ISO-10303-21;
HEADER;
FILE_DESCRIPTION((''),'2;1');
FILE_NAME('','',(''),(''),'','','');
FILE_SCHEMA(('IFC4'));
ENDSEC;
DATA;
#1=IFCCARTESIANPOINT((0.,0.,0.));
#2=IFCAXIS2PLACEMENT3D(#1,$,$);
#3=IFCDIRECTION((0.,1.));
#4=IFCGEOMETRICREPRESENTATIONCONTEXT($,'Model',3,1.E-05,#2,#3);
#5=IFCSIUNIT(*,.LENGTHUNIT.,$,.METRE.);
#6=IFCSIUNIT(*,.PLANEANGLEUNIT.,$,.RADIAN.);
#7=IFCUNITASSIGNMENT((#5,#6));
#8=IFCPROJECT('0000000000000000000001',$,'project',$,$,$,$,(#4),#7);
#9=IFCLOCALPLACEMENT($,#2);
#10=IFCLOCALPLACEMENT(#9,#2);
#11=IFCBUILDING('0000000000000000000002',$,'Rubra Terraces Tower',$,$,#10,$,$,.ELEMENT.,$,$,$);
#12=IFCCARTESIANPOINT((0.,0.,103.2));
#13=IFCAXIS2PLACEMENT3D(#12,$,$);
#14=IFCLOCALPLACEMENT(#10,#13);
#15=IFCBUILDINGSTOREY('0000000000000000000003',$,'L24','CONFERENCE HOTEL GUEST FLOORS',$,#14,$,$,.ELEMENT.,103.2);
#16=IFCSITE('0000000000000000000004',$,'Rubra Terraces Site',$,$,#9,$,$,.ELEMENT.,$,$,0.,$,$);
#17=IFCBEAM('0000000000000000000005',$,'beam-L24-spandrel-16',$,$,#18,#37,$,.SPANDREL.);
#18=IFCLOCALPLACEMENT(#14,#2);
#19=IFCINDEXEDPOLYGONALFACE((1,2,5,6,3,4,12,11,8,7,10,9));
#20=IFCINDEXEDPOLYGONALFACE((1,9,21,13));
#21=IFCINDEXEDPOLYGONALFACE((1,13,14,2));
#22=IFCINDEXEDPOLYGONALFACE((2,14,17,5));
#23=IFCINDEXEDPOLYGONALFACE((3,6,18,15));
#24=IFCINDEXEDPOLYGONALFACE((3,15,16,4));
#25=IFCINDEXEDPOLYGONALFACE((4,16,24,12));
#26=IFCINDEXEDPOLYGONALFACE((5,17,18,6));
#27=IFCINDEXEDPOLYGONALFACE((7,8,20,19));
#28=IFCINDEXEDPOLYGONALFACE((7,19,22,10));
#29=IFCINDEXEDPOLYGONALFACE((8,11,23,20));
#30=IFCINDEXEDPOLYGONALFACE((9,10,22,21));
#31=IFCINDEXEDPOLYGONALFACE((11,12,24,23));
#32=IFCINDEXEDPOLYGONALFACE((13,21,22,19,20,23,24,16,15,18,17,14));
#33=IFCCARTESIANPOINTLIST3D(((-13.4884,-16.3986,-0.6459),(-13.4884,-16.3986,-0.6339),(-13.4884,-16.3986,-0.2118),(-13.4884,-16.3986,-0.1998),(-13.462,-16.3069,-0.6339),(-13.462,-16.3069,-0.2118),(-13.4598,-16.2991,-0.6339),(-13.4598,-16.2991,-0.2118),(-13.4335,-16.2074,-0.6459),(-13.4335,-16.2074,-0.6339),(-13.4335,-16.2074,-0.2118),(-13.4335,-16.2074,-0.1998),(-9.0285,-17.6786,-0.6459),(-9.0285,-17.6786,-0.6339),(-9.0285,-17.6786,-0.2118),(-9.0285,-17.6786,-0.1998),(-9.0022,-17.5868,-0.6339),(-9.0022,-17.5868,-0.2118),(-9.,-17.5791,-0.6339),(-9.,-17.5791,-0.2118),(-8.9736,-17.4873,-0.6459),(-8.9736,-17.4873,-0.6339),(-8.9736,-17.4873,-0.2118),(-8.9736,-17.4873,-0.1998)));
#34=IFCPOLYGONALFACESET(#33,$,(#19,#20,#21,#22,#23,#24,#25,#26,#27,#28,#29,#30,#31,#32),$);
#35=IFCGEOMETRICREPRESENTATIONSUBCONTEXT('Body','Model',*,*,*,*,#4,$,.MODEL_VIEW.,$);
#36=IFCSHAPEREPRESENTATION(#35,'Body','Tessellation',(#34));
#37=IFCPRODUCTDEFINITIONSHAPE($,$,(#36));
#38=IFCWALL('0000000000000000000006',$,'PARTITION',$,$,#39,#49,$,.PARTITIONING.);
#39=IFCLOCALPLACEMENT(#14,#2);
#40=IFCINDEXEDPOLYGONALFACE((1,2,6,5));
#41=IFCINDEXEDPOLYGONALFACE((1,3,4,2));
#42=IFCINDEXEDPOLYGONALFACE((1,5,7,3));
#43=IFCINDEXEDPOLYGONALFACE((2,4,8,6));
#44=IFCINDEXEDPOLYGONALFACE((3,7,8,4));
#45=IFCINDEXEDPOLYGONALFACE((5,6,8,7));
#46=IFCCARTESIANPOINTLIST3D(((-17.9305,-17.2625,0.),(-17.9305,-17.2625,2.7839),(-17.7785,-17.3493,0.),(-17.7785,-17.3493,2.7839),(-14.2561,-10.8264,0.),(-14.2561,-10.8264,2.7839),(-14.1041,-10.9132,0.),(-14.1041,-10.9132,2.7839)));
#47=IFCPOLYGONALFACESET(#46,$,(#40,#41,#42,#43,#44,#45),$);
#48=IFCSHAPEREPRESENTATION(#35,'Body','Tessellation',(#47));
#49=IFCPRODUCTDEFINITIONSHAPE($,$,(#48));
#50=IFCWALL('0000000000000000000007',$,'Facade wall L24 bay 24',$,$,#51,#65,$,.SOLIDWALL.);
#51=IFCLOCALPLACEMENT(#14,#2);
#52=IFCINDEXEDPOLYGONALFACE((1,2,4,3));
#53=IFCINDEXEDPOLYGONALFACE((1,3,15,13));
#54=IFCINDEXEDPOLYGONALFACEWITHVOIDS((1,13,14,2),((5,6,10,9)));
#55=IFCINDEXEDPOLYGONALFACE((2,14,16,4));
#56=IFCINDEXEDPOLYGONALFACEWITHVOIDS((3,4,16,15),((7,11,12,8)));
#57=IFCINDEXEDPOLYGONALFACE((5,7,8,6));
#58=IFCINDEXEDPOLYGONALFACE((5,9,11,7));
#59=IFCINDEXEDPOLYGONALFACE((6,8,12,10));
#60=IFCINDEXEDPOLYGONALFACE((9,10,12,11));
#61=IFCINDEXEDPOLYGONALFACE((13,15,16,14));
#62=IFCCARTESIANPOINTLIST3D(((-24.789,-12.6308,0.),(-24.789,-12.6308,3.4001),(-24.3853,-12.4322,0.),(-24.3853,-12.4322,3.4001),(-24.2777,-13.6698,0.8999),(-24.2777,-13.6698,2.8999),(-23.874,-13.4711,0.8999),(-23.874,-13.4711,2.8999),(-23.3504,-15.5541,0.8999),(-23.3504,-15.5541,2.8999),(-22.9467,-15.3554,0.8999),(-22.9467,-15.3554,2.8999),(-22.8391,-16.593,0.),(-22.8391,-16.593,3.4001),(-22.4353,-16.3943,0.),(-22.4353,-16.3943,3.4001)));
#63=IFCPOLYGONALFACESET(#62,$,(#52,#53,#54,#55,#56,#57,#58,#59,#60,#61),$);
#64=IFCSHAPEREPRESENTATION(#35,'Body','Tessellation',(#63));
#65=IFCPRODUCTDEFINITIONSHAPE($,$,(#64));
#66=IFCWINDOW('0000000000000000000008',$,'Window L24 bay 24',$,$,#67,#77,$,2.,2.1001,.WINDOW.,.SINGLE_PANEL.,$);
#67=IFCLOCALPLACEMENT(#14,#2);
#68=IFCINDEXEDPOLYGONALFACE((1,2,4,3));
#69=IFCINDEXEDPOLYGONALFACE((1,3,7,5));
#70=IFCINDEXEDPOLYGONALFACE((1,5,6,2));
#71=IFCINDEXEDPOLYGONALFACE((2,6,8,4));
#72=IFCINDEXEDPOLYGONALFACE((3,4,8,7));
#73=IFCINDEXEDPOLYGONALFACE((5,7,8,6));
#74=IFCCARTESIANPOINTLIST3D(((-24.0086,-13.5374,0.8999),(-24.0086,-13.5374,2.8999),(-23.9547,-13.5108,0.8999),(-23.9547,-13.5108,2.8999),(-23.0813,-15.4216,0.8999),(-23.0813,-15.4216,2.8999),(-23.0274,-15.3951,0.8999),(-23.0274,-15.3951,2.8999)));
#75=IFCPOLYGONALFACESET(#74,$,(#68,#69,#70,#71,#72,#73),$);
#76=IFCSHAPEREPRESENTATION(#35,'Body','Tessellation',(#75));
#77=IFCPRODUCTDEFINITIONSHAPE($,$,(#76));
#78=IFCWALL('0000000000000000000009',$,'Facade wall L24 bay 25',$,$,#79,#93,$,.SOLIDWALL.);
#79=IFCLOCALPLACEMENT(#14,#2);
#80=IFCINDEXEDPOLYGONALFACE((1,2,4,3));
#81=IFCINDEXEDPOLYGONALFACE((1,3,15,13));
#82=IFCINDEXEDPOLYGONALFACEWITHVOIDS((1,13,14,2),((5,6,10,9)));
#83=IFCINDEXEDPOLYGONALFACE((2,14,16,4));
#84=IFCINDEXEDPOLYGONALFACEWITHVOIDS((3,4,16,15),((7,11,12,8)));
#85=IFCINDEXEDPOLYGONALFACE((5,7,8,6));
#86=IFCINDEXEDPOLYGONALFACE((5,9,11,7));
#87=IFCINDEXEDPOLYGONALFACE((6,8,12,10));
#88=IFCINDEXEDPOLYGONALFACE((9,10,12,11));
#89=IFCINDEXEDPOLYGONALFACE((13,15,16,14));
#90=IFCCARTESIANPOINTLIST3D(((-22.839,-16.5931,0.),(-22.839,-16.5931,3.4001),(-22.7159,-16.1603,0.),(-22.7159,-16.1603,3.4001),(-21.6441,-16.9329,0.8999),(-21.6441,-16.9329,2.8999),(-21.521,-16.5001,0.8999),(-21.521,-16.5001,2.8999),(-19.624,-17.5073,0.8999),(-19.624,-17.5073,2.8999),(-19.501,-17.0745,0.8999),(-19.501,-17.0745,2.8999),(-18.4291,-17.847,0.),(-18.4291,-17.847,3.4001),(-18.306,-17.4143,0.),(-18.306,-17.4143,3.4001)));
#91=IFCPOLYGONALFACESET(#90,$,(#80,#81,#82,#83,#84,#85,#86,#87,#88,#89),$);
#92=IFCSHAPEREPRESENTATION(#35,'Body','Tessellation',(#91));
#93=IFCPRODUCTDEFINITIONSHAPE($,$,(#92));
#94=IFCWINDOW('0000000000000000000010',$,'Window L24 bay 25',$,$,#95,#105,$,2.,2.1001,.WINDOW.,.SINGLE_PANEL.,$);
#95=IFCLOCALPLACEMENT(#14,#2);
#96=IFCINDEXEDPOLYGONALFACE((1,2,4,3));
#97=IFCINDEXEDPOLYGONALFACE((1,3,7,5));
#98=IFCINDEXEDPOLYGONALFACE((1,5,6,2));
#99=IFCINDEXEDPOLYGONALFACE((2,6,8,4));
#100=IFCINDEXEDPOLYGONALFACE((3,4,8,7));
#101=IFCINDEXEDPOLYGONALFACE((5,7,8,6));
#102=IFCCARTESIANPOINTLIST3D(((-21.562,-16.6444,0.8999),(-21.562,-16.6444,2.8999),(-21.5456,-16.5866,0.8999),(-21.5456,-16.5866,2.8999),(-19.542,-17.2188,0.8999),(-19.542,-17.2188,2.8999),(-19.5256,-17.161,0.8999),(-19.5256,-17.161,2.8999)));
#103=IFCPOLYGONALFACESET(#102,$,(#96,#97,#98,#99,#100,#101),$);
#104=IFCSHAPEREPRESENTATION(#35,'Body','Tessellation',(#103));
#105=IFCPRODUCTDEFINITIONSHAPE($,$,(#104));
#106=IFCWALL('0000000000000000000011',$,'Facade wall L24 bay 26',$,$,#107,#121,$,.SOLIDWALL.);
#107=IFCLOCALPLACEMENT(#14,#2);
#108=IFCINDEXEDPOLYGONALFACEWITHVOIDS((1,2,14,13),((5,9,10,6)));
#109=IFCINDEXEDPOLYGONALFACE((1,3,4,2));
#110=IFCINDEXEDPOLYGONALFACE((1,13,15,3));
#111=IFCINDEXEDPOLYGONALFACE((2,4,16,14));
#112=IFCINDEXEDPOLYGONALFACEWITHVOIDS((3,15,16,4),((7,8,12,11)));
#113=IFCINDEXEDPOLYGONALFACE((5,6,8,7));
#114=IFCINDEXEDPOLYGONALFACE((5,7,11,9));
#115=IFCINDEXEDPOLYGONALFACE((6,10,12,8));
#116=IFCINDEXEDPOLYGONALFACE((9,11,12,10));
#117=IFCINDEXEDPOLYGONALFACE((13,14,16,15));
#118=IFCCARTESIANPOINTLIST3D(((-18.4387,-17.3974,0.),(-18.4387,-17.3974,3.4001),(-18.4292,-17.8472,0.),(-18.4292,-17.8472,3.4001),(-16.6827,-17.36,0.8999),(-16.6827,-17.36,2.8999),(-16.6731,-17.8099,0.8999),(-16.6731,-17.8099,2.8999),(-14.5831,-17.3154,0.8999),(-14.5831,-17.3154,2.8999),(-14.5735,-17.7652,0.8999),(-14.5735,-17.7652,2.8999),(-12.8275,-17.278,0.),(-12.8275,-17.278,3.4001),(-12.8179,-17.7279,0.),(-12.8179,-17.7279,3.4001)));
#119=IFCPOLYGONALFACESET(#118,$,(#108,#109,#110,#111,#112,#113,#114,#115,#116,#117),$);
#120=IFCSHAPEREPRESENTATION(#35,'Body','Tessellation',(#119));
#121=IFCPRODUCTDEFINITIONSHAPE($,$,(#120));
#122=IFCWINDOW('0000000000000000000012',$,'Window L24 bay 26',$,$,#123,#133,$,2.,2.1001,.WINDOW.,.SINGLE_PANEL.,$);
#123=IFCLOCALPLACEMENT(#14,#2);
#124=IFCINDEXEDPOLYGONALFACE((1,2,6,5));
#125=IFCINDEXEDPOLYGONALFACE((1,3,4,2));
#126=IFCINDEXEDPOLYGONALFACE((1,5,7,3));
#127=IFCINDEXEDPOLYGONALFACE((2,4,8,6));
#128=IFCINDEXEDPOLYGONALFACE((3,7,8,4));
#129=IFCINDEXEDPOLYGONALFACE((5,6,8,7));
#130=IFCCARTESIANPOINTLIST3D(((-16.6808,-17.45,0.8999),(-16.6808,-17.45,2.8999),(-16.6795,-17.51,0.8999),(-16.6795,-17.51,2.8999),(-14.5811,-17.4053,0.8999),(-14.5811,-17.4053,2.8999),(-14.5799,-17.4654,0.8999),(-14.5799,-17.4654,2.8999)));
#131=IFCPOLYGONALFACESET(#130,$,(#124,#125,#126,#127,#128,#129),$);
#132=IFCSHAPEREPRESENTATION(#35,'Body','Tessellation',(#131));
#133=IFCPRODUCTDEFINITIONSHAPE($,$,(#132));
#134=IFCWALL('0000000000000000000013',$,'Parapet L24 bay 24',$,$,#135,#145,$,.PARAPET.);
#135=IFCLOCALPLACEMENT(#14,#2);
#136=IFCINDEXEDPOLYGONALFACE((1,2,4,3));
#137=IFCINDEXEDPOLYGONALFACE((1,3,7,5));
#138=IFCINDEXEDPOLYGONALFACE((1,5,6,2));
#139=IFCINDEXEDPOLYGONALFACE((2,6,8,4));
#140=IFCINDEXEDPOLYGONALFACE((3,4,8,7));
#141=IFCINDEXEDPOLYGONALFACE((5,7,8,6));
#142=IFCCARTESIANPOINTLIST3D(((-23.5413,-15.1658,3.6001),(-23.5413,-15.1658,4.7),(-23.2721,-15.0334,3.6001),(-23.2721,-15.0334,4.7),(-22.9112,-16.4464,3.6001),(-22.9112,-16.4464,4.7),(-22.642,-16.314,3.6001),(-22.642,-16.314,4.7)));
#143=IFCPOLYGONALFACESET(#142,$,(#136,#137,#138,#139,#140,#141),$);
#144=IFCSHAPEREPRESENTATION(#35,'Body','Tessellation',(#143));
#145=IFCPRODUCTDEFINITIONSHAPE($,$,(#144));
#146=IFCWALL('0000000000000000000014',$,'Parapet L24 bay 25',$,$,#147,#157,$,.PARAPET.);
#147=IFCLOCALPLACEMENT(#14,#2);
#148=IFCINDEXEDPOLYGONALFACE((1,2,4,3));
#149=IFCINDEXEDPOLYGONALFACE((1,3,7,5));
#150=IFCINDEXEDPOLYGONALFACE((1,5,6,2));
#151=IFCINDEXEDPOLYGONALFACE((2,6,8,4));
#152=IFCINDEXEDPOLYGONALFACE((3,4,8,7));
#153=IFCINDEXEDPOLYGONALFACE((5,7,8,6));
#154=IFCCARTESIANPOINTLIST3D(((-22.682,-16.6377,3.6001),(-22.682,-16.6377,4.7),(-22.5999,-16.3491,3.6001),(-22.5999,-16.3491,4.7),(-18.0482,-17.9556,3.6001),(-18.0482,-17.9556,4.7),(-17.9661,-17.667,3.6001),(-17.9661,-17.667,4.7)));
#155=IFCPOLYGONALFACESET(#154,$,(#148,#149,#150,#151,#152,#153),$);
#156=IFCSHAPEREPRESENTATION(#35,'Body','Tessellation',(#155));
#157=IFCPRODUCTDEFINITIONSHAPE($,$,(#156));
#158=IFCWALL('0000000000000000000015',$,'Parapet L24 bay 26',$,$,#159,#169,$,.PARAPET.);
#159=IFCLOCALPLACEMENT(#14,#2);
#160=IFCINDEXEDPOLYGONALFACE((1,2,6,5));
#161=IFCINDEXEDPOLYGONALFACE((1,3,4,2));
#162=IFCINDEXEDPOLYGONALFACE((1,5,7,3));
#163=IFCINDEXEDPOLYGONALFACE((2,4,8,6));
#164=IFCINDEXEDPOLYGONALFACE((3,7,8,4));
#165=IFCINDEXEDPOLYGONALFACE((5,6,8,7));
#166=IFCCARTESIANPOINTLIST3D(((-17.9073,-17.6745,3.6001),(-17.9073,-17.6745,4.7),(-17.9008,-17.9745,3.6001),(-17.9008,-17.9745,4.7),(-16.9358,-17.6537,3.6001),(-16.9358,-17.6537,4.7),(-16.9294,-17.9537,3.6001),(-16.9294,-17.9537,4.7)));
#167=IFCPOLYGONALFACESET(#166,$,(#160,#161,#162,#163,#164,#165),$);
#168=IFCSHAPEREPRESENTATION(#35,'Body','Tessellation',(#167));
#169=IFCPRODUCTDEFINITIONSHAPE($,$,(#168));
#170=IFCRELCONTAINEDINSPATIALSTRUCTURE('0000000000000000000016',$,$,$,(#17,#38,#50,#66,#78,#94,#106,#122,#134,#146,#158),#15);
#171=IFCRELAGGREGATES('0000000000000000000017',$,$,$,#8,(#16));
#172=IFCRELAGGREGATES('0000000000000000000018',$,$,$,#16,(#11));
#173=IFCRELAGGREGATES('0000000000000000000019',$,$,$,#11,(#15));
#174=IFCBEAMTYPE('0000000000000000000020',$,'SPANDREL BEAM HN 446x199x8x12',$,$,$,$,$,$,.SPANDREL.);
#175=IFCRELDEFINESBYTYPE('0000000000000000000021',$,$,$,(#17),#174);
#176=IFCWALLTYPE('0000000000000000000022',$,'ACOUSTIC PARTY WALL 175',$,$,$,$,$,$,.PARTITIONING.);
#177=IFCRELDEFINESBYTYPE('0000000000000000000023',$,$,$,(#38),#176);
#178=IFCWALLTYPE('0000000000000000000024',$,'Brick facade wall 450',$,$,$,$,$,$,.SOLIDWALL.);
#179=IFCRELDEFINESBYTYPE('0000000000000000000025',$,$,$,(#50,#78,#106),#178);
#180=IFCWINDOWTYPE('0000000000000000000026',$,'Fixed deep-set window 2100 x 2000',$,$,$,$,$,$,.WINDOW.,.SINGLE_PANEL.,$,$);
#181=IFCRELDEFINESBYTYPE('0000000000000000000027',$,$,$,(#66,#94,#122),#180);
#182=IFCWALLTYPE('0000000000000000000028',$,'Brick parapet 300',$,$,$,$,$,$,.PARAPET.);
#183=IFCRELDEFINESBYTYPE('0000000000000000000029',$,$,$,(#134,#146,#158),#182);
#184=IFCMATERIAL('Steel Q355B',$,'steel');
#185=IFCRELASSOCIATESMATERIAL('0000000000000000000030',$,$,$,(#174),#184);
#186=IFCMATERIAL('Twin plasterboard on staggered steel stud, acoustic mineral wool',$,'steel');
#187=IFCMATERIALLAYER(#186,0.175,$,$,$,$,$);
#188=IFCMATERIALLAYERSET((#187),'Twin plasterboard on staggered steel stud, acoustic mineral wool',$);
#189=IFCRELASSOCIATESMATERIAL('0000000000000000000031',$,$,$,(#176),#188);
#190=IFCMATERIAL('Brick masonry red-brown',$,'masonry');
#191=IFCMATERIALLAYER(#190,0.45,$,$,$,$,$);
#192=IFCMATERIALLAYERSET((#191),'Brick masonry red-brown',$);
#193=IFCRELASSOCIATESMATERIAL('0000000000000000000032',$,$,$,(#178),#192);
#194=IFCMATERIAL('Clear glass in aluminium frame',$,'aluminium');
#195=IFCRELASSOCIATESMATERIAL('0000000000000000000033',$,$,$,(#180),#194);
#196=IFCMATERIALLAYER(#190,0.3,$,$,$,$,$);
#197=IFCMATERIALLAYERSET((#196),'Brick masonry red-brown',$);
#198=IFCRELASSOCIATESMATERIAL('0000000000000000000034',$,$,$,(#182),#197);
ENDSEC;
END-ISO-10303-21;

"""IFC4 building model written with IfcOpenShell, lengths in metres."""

from ifc_helpers import new_model, si_unit, direction, frame, frame_2d, origin, origin_2d, place, context, subcontext, project, spatial, rectangle, i_section, extrude, material, layer, layer_set, material_profile, profile_set, type_object, element, fill, save


model = new_model("IFC4")

# Units and contexts
model_context = context("Model", 3, precision=1e-05, world=origin(), true_north=direction((0.0, 1.0)))
body_context = subcontext(model_context, "Body", "Model", "MODEL_VIEW")
ifc_project = project(units=[si_unit("LENGTHUNIT", "METRE"), si_unit("PLANEANGLEUNIT", "RADIAN")], contexts=[model_context])

# Site, building, storey
site_placement = place(None, origin())
site = spatial("IfcSite", under=ifc_project, at=site_placement, Name="Rubra Terraces Site", CompositionType="ELEMENT", RefElevation=0.0)
building_placement = place(site_placement, origin())
building = spatial("IfcBuilding", under=site, at=building_placement, Name="Rubra Terraces Tower", CompositionType="ELEMENT")
storey_placement = place(building_placement, frame((0.0, 0.0, 103.2)))
storey = spatial("IfcBuildingStorey", under=building, at=storey_placement, Name="L24", Description="CONFERENCE HOTEL GUEST FLOORS", CompositionType="ELEMENT", Elevation=103.2)

# Beam
ifc_material_1 = material(Name="Steel Q355B", Category="steel")
ifc_material_profile_1 = material_profile(ifc_material_1, i_section(OverallWidth=0.199, OverallDepth=0.446, WebThickness=0.0081, FlangeThickness=0.012, at=origin_2d()), Name="HN 446x199x8x12")
ifc_profile_set_1 = profile_set([ifc_material_profile_1], Name="Steel Q355B")
beam_type_1 = type_object("IfcBeamType", Name="SPANDREL BEAM HN 446x199x8x12", PredefinedType="SPANDREL", material=ifc_profile_set_1)
beam_1_placement = place(storey_placement, frame((-13.4609, -16.303, -0.4229), z_axis=(0.961196, -0.275868, 0.0), x_axis=(0.275868, 0.961196, 0.0)))
element("IfcBeam", 1, at=beam_1_placement, inside=storey, type_object=beam_type_1, Name="beam-L24-spandrel-16", PredefinedType="SPANDREL", context=body_context, shape_type="SweptSolid", body=[
    extrude(i_section(OverallWidth=0.199, OverallDepth=0.446, WebThickness=0.0081, FlangeThickness=0.012, at=origin_2d()), origin(), (0.0, 0.0, 1.0), 4.6399),
])

# Wall
ifc_material_2 = material(Name="Twin plasterboard on staggered steel stud, acoustic mineral wool", Category="steel")
ifc_layer_1 = layer(ifc_material_2, 0.175)
ifc_layer_set_1 = layer_set([ifc_layer_1], Name="Twin plasterboard on staggered steel stud, acoustic mineral wool")
wall_type_1 = type_object("IfcWallType", Name="ACOUSTIC PARTY WALL 175", PredefinedType="PARTITIONING", material=ifc_layer_set_1)
wall_1_placement = place(storey_placement, frame((-17.8545, -17.3059, 0.0), z_axis=(0.0, 0.0, 1.0), x_axis=(0.495791, 0.868442, 0.0)))
element("IfcWall", 2, at=wall_1_placement, inside=storey, type_object=wall_type_1, Name="PARTITION", PredefinedType="PARTITIONING", context=body_context, shape_type="SweptSolid", body=[
    extrude(rectangle(XDim=7.4111, YDim=0.175, at=frame_2d((3.7056, 0.0))), origin(), (0.0, 0.0, 1.0), 2.7839),
])

# Walls, openings, windows
ifc_material_3 = material(Name="Brick masonry red-brown", Category="masonry")
ifc_layer_2 = layer(ifc_material_3, 0.45)
ifc_layer_set_2 = layer_set([ifc_layer_2], Name="Brick masonry red-brown")
wall_type_2 = type_object("IfcWallType", Name="Brick facade wall 450", PredefinedType="SOLIDWALL", material=ifc_layer_set_2)
wall_2_placement = place(storey_placement, frame((-24.5872, -12.5315, 0.0), z_axis=(0.0, 0.0, 1.0), x_axis=(0.441566, -0.897229, 0.0)))
wall_2 = element("IfcWall", 3, at=wall_2_placement, inside=storey, type_object=wall_type_2, Name="Facade wall L24 bay 24", PredefinedType="SOLIDWALL", context=body_context, shape_type="SweptSolid", body=[
    extrude(rectangle(XDim=4.416, YDim=0.45, at=frame_2d((2.208, 0.0))), origin(), (0.0, 0.0, 1.0), 3.4001),
])
opening_1_placement = place(wall_2_placement, frame((1.158, 0.0, 0.8999)))
opening_1 = element("IfcOpeningElement", 4, at=opening_1_placement, cuts=wall_2, PredefinedType="OPENING", context=body_context, shape_type="SweptSolid", body=[
    extrude(rectangle(XDim=2.1001, YDim=2.0, at=frame_2d((1.05, 1.0))), frame((0.0, 0.2349, 0.0), z_axis=(0.0, -1.0, 0.0), x_axis=(1.0, 0.0, 0.0)), (0.0, 0.0, 1.0), 0.47),
])
ifc_material_4 = material(Name="Clear glass in aluminium frame", Category="aluminium")
window_type = type_object("IfcWindowType", Name="Fixed deep-set window 2100 x 2000", PartitioningType="SINGLE_PANEL", PredefinedType="WINDOW", material=ifc_material_4)
window_1_placement = place(opening_1_placement, origin())
window_1 = element("IfcWindow", 5, at=window_1_placement, inside=storey, type_object=window_type, Name="Window L24 bay 24", OverallHeight=2.0, OverallWidth=2.1001, PartitioningType="SINGLE_PANEL", PredefinedType="WINDOW", context=body_context, shape_type="SweptSolid", body=[
    extrude(rectangle(XDim=2.1001, YDim=2.0, at=frame_2d((1.05, 1.0))), frame((0.0, 0.135, 0.0), z_axis=(0.0, -1.0, 0.0), x_axis=(1.0, 0.0, 0.0)), (0.0, 0.0, 1.0), 0.0601),
])
fill(opening_1, window_1)
wall_3_placement = place(storey_placement, frame((-22.7776, -16.3767, 0.0), z_axis=(0.0, 0.0, 1.0), x_axis=(0.961873, -0.273497, 0.0)))
wall_3 = element("IfcWall", 6, at=wall_3_placement, inside=storey, type_object=wall_type_2, Name="Facade wall L24 bay 25", PredefinedType="SOLIDWALL", context=body_context, shape_type="SweptSolid", body=[
    extrude(rectangle(XDim=4.5847, YDim=0.45, at=frame_2d((2.2925, 0.0))), origin(), (0.0, 0.0, 1.0), 3.4001),
])
opening_2_placement = place(wall_3_placement, frame((1.2424, 0.0, 0.8999)))
opening_2 = element("IfcOpeningElement", 7, at=opening_2_placement, cuts=wall_3, PredefinedType="OPENING", context=body_context, shape_type="SweptSolid", body=[
    extrude(rectangle(XDim=2.1001, YDim=2.0, at=frame_2d((1.05, 1.0))), frame((0.0, 0.2349, 0.0), z_axis=(0.0, -1.0, 0.0), x_axis=(1.0, 0.0, 0.0)), (0.0, 0.0, 1.0), 0.47),
])
window_2_placement = place(opening_2_placement, origin())
window_2 = element("IfcWindow", 8, at=window_2_placement, inside=storey, type_object=window_type, Name="Window L24 bay 25", OverallHeight=2.0, OverallWidth=2.1001, PartitioningType="SINGLE_PANEL", PredefinedType="WINDOW", context=body_context, shape_type="SweptSolid", body=[
    extrude(rectangle(XDim=2.1001, YDim=2.0, at=frame_2d((1.05, 1.0))), frame((0.0, 0.135, 0.0), z_axis=(0.0, -1.0, 0.0), x_axis=(1.0, 0.0, 0.0)), (0.0, 0.0, 1.0), 0.0601),
])
fill(opening_2, window_2)
wall_4_placement = place(storey_placement, frame((-18.4338, -17.6223, 0.0), z_axis=(0.0, 0.0, 1.0), x_axis=(0.999774, 0.021271, 0.0)))
wall_4 = element("IfcWall", 9, at=wall_4_placement, inside=storey, type_object=wall_type_2, Name="Facade wall L24 bay 26", PredefinedType="SOLIDWALL", context=body_context, shape_type="SweptSolid", body=[
    extrude(rectangle(XDim=5.6125, YDim=0.45, at=frame_2d((2.8062, 0.0))), origin(), (0.0, 0.0, 1.0), 3.4001),
])
opening_3_placement = place(wall_4_placement, frame((1.7563, 0.0, 0.8999)))
opening_3 = element("IfcOpeningElement", 10, at=opening_3_placement, cuts=wall_4, PredefinedType="OPENING", context=body_context, shape_type="SweptSolid", body=[
    extrude(rectangle(XDim=2.1001, YDim=2.0, at=frame_2d((1.05, 1.0))), frame((0.0, 0.2349, 0.0), z_axis=(0.0, -1.0, 0.0), x_axis=(1.0, 0.0, 0.0)), (0.0, 0.0, 1.0), 0.47),
])
window_3_placement = place(opening_3_placement, origin())
window_3 = element("IfcWindow", 11, at=window_3_placement, inside=storey, type_object=window_type, Name="Window L24 bay 26", OverallHeight=2.0, OverallWidth=2.1001, PartitioningType="SINGLE_PANEL", PredefinedType="WINDOW", context=body_context, shape_type="SweptSolid", body=[
    extrude(rectangle(XDim=2.1001, YDim=2.0, at=frame_2d((1.05, 1.0))), frame((0.0, 0.135, 0.0), z_axis=(0.0, -1.0, 0.0), x_axis=(1.0, 0.0, 0.0)), (0.0, 0.0, 1.0), 0.0601),
])
fill(opening_3, window_3)

# Walls
ifc_layer_3 = layer(ifc_material_3, 0.3)
ifc_layer_set_3 = layer_set([ifc_layer_3], Name="Brick masonry red-brown")
wall_type_3 = type_object("IfcWallType", Name="Brick parapet 300", PredefinedType="PARAPET", material=ifc_layer_set_3)
wall_5_placement = place(storey_placement, frame((-23.4067, -15.0996, 3.6001), z_axis=(0.0, 0.0, 1.0), x_axis=(0.441525, -0.897249, 0.0)))
element("IfcWall", 12, at=wall_5_placement, inside=storey, type_object=wall_type_3, Name="Parapet L24 bay 24", PredefinedType="PARAPET", context=body_context, shape_type="SweptSolid", body=[
    extrude(rectangle(XDim=1.4272, YDim=0.3, at=frame_2d((0.7136, 0.0))), origin(), (0.0, 0.0, 1.0), 1.0999),
])
wall_6_placement = place(storey_placement, frame((-22.6409, -16.4934, 3.6001), z_axis=(0.0, 0.0, 1.0), x_axis=(0.961856, -0.273556, 0.0)))
element("IfcWall", 13, at=wall_6_placement, inside=storey, type_object=wall_type_3, Name="Parapet L24 bay 25", PredefinedType="PARAPET", context=body_context, shape_type="SweptSolid", body=[
    extrude(rectangle(XDim=4.8176, YDim=0.3, at=frame_2d((2.4087, 0.0))), origin(), (0.0, 0.0, 1.0), 1.0999),
])
wall_7_placement = place(storey_placement, frame((-17.9041, -17.8245, 3.6001), z_axis=(0.0, 0.0, 1.0), x_axis=(0.999772, 0.021357, 0.0)))
element("IfcWall", 14, at=wall_7_placement, inside=storey, type_object=wall_type_3, Name="Parapet L24 bay 26", PredefinedType="PARAPET", context=body_context, shape_type="SweptSolid", body=[
    extrude(rectangle(XDim=0.9717, YDim=0.3, at=frame_2d((0.4858, 0.0))), origin(), (0.0, 0.0, 1.0), 1.0999),
])

save(model, "model.ifc")
